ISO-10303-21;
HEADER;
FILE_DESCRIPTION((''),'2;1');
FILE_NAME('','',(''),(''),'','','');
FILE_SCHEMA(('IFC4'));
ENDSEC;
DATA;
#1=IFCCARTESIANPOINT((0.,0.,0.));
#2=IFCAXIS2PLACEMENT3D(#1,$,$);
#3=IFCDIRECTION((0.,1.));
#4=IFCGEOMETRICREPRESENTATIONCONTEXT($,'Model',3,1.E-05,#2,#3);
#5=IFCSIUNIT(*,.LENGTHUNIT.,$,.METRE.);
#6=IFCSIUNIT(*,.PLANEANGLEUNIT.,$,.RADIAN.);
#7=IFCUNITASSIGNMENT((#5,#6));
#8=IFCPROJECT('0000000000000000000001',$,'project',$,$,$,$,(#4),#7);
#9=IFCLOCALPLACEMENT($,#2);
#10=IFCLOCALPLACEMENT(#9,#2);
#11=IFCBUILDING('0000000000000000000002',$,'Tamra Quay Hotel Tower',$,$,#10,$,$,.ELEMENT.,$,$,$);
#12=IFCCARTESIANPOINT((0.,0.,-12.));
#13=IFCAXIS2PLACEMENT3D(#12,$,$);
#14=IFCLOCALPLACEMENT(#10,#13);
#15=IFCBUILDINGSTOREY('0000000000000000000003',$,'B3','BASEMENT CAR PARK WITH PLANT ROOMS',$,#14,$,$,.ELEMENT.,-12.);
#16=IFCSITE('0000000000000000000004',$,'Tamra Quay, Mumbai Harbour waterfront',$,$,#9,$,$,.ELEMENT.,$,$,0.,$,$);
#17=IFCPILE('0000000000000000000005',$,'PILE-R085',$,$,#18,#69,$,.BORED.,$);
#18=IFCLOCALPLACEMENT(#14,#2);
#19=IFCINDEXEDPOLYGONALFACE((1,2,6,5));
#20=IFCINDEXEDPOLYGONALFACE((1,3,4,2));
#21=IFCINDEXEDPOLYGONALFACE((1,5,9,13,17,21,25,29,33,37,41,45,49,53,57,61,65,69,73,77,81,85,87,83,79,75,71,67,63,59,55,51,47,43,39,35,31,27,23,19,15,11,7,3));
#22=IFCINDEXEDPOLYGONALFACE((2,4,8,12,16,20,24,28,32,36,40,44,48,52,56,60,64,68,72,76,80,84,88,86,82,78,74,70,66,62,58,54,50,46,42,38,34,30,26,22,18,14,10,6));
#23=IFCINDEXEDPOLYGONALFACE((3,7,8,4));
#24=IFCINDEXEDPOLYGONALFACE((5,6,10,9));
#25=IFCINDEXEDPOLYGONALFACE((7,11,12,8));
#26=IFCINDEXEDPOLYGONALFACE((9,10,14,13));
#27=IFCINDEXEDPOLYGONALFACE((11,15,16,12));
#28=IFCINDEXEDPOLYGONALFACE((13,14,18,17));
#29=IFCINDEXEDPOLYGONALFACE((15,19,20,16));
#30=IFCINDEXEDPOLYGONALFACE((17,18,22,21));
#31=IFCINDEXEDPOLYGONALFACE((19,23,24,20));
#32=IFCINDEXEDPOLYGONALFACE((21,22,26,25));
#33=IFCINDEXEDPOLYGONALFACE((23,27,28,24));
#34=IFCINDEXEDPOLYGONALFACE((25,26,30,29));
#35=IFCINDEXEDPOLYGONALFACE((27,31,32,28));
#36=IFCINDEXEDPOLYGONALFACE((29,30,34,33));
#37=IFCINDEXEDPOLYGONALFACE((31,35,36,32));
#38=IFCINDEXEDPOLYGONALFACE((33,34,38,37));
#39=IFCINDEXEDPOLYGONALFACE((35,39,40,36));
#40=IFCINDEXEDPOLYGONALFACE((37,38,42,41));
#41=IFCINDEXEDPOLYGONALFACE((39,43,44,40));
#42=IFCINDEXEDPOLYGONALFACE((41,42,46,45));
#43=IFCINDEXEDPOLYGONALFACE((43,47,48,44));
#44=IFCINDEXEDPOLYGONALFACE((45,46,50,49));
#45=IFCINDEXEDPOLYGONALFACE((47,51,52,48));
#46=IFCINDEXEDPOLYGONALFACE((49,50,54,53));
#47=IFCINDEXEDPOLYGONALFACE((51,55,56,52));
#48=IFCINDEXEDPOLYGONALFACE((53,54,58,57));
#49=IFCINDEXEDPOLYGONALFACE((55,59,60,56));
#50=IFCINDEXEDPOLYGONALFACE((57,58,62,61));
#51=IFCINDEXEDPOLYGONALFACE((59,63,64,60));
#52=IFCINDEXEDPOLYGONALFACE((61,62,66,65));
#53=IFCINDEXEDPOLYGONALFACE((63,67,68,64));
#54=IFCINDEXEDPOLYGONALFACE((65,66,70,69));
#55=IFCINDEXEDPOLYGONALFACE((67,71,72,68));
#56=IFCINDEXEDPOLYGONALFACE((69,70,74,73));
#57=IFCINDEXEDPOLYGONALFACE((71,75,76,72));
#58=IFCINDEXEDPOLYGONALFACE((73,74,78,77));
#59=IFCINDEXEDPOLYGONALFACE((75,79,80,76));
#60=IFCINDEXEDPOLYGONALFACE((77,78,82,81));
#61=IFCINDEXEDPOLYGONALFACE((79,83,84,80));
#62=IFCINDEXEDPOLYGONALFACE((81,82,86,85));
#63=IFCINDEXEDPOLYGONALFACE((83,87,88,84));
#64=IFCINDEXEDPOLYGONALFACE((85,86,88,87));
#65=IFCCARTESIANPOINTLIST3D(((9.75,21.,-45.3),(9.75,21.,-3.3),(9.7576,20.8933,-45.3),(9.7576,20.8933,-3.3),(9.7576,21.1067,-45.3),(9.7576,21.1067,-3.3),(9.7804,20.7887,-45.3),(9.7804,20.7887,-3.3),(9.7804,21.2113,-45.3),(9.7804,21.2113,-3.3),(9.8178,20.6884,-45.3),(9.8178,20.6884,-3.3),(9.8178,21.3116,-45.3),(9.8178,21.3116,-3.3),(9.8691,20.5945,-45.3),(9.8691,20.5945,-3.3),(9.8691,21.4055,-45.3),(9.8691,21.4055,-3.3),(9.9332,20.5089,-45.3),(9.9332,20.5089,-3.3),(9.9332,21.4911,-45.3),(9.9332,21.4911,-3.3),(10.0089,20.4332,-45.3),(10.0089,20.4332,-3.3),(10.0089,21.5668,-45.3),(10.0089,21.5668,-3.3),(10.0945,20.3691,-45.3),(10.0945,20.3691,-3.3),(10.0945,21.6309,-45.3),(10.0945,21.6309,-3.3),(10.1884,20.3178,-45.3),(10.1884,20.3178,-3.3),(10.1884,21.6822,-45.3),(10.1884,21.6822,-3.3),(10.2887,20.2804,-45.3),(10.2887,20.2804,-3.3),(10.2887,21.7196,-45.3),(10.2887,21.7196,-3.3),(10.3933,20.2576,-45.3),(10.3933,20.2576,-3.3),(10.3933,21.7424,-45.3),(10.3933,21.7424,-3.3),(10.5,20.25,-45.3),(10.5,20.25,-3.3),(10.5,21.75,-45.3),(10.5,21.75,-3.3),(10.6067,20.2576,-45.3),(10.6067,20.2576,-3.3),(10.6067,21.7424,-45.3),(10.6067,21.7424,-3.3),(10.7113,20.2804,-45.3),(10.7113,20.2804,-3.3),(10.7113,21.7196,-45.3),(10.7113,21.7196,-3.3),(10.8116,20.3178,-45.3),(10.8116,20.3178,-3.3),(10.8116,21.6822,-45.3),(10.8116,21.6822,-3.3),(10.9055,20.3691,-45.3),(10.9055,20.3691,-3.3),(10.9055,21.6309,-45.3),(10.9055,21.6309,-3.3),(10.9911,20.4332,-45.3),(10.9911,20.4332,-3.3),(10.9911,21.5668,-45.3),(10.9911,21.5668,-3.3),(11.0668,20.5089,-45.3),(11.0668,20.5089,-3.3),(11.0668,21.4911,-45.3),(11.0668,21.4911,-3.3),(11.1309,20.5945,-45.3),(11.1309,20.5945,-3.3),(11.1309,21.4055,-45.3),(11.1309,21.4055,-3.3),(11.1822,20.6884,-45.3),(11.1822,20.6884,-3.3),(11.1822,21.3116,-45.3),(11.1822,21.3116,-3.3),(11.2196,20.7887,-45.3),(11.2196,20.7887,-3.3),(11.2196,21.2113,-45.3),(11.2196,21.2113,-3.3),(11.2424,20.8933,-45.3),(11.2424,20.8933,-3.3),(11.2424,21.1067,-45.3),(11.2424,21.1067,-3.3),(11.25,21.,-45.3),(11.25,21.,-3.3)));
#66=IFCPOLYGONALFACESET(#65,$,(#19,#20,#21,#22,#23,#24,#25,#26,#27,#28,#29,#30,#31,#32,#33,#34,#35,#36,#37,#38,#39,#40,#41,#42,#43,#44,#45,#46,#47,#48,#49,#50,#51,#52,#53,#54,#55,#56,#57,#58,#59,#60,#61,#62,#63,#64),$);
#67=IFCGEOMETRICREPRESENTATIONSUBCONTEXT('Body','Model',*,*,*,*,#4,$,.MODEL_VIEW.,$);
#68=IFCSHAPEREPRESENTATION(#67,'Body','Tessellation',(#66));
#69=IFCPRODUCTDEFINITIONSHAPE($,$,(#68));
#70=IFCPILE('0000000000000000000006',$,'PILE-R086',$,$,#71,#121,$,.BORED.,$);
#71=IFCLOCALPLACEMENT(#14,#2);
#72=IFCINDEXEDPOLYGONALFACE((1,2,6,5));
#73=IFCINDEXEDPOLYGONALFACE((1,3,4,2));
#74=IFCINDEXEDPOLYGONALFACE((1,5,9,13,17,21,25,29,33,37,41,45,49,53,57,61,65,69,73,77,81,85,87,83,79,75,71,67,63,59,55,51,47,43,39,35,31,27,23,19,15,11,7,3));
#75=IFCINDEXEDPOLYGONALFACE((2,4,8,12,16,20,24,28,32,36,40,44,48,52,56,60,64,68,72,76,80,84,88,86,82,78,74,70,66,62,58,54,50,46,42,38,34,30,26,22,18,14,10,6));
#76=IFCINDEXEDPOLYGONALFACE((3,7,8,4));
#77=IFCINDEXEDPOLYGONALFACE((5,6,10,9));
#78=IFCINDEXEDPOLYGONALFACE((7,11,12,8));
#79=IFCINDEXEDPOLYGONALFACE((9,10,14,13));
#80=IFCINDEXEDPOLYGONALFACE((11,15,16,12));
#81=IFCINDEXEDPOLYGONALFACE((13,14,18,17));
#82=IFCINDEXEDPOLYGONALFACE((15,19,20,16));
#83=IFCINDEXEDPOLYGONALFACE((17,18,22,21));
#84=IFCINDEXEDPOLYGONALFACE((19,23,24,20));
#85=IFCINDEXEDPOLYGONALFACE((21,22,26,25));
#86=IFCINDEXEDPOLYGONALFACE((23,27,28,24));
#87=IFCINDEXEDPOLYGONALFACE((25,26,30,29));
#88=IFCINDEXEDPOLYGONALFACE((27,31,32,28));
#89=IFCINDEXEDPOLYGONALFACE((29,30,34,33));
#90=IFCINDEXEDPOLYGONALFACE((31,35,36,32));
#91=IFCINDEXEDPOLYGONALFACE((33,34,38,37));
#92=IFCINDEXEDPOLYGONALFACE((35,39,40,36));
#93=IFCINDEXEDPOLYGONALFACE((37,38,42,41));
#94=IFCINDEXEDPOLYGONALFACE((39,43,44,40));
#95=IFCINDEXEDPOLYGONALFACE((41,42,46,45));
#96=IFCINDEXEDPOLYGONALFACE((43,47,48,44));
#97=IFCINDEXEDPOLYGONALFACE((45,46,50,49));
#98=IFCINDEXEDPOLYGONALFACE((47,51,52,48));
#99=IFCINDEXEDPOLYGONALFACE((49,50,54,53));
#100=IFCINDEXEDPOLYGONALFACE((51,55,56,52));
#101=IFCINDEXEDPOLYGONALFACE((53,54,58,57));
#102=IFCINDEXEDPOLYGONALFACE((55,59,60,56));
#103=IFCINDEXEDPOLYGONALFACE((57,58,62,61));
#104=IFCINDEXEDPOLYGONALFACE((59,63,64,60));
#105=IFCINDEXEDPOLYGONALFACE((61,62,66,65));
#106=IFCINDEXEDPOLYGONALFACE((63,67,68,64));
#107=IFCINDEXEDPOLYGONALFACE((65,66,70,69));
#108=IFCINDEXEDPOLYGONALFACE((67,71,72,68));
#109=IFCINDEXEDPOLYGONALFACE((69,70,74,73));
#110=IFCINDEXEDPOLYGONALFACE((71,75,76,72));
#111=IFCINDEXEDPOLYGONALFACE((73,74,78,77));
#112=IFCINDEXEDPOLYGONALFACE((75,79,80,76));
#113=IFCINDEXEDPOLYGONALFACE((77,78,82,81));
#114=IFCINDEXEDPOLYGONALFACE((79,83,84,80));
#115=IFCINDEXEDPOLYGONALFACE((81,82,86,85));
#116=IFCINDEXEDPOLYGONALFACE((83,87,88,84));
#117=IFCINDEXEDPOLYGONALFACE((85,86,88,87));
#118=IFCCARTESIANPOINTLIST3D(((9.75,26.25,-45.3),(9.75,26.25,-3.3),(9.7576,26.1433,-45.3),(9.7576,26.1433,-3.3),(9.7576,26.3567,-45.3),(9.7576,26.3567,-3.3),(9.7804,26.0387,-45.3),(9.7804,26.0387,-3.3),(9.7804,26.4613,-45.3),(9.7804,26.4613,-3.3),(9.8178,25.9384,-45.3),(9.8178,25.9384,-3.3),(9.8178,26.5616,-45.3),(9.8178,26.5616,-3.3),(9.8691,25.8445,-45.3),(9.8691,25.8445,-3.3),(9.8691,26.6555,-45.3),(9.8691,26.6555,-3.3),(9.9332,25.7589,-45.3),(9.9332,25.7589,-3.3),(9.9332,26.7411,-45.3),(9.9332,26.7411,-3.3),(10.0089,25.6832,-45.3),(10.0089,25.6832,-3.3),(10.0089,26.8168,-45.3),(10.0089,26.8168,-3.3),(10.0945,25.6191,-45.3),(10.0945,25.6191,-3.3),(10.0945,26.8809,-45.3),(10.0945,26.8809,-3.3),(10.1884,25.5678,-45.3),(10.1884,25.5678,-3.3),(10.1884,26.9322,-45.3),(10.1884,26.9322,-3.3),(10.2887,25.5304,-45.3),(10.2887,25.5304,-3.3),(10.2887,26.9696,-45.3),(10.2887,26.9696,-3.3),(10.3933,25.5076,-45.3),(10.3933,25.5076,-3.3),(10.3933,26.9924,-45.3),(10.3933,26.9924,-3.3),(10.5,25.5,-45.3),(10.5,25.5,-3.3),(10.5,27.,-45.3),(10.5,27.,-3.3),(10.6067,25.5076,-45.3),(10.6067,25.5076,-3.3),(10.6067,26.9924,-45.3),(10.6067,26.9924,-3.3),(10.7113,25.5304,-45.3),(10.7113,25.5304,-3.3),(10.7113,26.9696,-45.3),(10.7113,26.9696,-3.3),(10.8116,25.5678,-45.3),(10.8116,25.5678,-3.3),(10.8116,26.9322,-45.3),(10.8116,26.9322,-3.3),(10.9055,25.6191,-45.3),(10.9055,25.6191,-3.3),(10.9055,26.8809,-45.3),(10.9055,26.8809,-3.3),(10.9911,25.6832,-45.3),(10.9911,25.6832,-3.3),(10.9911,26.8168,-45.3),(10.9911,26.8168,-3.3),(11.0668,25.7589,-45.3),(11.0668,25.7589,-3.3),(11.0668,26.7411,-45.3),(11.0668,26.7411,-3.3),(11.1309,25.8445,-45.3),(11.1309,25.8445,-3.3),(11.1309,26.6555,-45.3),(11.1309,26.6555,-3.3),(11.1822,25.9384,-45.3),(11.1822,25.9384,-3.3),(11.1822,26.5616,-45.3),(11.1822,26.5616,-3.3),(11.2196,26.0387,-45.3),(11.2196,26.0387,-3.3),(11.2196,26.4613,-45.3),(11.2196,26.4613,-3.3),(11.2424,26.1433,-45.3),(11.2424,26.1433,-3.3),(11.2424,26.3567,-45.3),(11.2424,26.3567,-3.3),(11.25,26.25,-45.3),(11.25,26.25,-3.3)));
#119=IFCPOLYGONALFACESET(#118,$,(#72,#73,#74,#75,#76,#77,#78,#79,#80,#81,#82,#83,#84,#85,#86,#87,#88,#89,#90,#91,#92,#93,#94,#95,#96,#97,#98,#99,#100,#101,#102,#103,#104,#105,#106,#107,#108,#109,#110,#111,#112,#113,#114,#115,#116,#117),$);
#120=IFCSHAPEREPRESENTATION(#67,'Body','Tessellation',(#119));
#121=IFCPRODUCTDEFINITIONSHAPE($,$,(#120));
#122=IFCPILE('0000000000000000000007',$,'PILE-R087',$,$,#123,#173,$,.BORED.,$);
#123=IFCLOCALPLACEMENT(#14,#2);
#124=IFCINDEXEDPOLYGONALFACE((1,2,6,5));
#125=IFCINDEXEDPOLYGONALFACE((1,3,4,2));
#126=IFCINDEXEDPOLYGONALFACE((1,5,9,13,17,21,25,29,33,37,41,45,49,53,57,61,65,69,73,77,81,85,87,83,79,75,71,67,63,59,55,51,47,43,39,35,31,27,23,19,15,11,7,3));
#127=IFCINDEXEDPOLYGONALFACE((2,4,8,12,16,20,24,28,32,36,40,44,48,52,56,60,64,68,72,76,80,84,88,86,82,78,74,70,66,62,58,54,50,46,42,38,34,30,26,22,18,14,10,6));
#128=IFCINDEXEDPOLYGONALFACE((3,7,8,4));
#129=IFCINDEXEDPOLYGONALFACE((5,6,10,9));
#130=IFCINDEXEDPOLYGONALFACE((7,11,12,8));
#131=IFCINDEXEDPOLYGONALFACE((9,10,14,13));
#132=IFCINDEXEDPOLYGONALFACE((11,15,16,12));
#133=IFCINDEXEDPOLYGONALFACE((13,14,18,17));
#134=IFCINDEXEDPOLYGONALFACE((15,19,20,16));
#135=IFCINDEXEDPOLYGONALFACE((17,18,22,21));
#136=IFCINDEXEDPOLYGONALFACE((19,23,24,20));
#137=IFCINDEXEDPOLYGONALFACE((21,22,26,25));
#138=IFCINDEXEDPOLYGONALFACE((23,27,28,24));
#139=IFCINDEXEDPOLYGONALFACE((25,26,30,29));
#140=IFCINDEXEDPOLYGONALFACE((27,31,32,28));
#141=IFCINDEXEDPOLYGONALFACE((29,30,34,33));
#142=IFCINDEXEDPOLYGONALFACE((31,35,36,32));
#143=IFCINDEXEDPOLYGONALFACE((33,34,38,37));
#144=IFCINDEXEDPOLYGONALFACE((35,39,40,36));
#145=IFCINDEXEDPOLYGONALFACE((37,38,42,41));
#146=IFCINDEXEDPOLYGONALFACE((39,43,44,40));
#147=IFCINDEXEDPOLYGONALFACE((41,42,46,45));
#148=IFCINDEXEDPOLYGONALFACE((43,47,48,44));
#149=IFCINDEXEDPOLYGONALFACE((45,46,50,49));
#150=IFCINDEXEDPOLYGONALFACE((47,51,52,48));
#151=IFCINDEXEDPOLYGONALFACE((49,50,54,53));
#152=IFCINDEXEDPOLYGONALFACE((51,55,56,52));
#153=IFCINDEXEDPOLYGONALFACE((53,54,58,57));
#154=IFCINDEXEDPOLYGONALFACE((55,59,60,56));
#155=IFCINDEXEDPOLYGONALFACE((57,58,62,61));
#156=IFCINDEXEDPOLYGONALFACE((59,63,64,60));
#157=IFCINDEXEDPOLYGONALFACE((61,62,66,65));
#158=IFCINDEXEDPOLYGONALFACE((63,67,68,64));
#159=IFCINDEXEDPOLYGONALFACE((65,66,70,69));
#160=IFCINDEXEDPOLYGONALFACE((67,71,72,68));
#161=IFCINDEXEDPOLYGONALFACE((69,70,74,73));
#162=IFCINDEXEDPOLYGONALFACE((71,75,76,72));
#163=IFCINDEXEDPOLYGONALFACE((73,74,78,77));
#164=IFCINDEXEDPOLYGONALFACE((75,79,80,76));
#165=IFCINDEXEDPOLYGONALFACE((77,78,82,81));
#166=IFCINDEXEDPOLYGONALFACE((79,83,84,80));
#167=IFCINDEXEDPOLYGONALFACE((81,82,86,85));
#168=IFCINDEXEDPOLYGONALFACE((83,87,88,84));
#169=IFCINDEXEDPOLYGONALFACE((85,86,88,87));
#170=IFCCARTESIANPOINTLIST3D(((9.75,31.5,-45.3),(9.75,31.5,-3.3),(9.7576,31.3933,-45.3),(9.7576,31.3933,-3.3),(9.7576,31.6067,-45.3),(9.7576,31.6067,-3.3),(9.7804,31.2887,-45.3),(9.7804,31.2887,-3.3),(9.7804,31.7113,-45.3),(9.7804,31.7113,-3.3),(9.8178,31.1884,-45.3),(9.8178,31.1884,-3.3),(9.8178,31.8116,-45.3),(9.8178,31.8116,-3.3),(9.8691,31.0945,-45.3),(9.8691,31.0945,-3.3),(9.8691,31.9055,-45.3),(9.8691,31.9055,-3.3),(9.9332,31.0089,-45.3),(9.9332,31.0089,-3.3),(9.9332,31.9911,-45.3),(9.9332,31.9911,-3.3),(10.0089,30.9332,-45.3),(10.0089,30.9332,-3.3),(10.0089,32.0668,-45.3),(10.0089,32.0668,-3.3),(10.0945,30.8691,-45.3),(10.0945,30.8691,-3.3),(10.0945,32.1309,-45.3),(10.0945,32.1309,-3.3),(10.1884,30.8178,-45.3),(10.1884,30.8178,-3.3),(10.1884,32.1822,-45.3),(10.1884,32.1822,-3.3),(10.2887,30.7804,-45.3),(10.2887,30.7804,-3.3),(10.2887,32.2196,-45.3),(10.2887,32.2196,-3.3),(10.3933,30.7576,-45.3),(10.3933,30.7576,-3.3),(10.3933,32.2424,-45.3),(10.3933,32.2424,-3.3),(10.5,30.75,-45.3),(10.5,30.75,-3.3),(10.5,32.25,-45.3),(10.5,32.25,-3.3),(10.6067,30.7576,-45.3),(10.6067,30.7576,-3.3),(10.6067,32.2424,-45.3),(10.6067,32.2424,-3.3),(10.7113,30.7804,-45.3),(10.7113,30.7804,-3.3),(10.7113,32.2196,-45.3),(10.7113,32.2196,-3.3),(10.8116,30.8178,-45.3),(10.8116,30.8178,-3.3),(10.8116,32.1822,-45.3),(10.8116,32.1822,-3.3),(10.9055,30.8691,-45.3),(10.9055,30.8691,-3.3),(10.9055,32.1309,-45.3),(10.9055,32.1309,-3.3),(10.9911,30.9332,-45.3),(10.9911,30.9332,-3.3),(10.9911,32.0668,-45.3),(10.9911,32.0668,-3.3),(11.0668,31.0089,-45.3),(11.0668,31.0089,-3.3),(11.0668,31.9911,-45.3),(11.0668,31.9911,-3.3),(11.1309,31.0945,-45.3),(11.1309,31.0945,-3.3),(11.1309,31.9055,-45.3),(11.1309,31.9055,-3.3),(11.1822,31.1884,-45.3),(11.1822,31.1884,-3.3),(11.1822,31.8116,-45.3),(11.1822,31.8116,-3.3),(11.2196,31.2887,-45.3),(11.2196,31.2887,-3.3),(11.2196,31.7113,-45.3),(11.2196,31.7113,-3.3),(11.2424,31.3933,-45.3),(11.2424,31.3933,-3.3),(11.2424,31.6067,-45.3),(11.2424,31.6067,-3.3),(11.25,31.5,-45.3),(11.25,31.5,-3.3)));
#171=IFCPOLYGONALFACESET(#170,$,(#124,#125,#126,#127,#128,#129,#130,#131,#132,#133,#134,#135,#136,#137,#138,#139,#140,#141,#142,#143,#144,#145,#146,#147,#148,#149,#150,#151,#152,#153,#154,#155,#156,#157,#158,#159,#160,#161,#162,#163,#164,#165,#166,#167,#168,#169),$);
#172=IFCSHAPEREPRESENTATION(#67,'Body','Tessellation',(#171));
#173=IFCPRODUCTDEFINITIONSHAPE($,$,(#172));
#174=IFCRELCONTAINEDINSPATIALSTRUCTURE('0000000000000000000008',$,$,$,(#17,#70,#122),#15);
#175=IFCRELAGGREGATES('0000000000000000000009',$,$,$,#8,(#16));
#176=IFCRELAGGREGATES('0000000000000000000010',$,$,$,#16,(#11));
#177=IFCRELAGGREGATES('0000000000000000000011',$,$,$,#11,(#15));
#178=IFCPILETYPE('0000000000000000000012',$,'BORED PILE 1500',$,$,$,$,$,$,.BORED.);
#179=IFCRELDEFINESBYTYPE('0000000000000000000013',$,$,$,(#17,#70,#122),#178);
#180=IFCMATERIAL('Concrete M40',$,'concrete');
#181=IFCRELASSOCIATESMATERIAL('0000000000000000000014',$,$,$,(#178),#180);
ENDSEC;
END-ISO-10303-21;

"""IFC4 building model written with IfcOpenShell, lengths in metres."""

from ifc_helpers import new_model, si_unit, direction, frame, origin, origin_2d, place, context, subcontext, project, spatial, circle, extrude, material, material_profile, profile_set, type_object, element, save


model = new_model("IFC4")

# Units and contexts
model_context = context("Model", 3, precision=1e-05, world=origin(), true_north=direction((0.0, 1.0)))
body_context = subcontext(model_context, "Body", "Model", "MODEL_VIEW")
ifc_project = project(units=[si_unit("LENGTHUNIT", "METRE"), si_unit("PLANEANGLEUNIT", "RADIAN")], contexts=[model_context])

# Site, building, storey
site_placement = place(None, origin())
site = spatial("IfcSite", under=ifc_project, at=site_placement, Name="Tamra Quay, Mumbai Harbour waterfront", CompositionType="ELEMENT", RefElevation=0.0)
building_placement = place(site_placement, origin())
building = spatial("IfcBuilding", under=site, at=building_placement, Name="Tamra Quay Hotel Tower", CompositionType="ELEMENT")
storey_placement = place(building_placement, frame((0.0, 0.0, -12.0)))
storey = spatial("IfcBuildingStorey", under=building, at=storey_placement, Name="B3", Description="BASEMENT CAR PARK WITH PLANT ROOMS", CompositionType="ELEMENT", Elevation=-12.0)

# Piles
ifc_material_1 = material(Name="Concrete M40", Category="concrete")
ifc_material_profile_1 = material_profile(ifc_material_1, circle(Radius=0.75, at=origin_2d()), Name="BORED PILE 1500")
ifc_profile_set_1 = profile_set([ifc_material_profile_1], Name="Concrete M40")
pile_type = type_object("IfcPileType", Name="BORED PILE 1500", PredefinedType="BORED", material=ifc_profile_set_1)
for number, where, z_axis, x_axis, name in (
    (1, (10.5, 21.0, -3.3), (0.0, 0.0, -1.0), (1.0, 0.0, 0.0), "PILE-R085"),
    (2, (10.5, 26.25, -3.3), (0.0, 0.0, -1.0), (1.0, 0.0, 0.0), "PILE-R086"),
    (3, (10.5, 31.5, -3.3), (0.0, 0.0, -1.0), (1.0, 0.0, 0.0), "PILE-R087"),
):
    element("IfcPile", number, at=place(storey_placement, frame(where, z_axis=z_axis, x_axis=x_axis)), inside=storey, type_object=pile_type, Name=name, PredefinedType="BORED", context=body_context, shape_type="SweptSolid", body=[
        extrude(circle(Radius=0.75, at=origin_2d()), origin(), (0.0, 0.0, 1.0), 42.0),
    ])

save(model, "model.ifc")
